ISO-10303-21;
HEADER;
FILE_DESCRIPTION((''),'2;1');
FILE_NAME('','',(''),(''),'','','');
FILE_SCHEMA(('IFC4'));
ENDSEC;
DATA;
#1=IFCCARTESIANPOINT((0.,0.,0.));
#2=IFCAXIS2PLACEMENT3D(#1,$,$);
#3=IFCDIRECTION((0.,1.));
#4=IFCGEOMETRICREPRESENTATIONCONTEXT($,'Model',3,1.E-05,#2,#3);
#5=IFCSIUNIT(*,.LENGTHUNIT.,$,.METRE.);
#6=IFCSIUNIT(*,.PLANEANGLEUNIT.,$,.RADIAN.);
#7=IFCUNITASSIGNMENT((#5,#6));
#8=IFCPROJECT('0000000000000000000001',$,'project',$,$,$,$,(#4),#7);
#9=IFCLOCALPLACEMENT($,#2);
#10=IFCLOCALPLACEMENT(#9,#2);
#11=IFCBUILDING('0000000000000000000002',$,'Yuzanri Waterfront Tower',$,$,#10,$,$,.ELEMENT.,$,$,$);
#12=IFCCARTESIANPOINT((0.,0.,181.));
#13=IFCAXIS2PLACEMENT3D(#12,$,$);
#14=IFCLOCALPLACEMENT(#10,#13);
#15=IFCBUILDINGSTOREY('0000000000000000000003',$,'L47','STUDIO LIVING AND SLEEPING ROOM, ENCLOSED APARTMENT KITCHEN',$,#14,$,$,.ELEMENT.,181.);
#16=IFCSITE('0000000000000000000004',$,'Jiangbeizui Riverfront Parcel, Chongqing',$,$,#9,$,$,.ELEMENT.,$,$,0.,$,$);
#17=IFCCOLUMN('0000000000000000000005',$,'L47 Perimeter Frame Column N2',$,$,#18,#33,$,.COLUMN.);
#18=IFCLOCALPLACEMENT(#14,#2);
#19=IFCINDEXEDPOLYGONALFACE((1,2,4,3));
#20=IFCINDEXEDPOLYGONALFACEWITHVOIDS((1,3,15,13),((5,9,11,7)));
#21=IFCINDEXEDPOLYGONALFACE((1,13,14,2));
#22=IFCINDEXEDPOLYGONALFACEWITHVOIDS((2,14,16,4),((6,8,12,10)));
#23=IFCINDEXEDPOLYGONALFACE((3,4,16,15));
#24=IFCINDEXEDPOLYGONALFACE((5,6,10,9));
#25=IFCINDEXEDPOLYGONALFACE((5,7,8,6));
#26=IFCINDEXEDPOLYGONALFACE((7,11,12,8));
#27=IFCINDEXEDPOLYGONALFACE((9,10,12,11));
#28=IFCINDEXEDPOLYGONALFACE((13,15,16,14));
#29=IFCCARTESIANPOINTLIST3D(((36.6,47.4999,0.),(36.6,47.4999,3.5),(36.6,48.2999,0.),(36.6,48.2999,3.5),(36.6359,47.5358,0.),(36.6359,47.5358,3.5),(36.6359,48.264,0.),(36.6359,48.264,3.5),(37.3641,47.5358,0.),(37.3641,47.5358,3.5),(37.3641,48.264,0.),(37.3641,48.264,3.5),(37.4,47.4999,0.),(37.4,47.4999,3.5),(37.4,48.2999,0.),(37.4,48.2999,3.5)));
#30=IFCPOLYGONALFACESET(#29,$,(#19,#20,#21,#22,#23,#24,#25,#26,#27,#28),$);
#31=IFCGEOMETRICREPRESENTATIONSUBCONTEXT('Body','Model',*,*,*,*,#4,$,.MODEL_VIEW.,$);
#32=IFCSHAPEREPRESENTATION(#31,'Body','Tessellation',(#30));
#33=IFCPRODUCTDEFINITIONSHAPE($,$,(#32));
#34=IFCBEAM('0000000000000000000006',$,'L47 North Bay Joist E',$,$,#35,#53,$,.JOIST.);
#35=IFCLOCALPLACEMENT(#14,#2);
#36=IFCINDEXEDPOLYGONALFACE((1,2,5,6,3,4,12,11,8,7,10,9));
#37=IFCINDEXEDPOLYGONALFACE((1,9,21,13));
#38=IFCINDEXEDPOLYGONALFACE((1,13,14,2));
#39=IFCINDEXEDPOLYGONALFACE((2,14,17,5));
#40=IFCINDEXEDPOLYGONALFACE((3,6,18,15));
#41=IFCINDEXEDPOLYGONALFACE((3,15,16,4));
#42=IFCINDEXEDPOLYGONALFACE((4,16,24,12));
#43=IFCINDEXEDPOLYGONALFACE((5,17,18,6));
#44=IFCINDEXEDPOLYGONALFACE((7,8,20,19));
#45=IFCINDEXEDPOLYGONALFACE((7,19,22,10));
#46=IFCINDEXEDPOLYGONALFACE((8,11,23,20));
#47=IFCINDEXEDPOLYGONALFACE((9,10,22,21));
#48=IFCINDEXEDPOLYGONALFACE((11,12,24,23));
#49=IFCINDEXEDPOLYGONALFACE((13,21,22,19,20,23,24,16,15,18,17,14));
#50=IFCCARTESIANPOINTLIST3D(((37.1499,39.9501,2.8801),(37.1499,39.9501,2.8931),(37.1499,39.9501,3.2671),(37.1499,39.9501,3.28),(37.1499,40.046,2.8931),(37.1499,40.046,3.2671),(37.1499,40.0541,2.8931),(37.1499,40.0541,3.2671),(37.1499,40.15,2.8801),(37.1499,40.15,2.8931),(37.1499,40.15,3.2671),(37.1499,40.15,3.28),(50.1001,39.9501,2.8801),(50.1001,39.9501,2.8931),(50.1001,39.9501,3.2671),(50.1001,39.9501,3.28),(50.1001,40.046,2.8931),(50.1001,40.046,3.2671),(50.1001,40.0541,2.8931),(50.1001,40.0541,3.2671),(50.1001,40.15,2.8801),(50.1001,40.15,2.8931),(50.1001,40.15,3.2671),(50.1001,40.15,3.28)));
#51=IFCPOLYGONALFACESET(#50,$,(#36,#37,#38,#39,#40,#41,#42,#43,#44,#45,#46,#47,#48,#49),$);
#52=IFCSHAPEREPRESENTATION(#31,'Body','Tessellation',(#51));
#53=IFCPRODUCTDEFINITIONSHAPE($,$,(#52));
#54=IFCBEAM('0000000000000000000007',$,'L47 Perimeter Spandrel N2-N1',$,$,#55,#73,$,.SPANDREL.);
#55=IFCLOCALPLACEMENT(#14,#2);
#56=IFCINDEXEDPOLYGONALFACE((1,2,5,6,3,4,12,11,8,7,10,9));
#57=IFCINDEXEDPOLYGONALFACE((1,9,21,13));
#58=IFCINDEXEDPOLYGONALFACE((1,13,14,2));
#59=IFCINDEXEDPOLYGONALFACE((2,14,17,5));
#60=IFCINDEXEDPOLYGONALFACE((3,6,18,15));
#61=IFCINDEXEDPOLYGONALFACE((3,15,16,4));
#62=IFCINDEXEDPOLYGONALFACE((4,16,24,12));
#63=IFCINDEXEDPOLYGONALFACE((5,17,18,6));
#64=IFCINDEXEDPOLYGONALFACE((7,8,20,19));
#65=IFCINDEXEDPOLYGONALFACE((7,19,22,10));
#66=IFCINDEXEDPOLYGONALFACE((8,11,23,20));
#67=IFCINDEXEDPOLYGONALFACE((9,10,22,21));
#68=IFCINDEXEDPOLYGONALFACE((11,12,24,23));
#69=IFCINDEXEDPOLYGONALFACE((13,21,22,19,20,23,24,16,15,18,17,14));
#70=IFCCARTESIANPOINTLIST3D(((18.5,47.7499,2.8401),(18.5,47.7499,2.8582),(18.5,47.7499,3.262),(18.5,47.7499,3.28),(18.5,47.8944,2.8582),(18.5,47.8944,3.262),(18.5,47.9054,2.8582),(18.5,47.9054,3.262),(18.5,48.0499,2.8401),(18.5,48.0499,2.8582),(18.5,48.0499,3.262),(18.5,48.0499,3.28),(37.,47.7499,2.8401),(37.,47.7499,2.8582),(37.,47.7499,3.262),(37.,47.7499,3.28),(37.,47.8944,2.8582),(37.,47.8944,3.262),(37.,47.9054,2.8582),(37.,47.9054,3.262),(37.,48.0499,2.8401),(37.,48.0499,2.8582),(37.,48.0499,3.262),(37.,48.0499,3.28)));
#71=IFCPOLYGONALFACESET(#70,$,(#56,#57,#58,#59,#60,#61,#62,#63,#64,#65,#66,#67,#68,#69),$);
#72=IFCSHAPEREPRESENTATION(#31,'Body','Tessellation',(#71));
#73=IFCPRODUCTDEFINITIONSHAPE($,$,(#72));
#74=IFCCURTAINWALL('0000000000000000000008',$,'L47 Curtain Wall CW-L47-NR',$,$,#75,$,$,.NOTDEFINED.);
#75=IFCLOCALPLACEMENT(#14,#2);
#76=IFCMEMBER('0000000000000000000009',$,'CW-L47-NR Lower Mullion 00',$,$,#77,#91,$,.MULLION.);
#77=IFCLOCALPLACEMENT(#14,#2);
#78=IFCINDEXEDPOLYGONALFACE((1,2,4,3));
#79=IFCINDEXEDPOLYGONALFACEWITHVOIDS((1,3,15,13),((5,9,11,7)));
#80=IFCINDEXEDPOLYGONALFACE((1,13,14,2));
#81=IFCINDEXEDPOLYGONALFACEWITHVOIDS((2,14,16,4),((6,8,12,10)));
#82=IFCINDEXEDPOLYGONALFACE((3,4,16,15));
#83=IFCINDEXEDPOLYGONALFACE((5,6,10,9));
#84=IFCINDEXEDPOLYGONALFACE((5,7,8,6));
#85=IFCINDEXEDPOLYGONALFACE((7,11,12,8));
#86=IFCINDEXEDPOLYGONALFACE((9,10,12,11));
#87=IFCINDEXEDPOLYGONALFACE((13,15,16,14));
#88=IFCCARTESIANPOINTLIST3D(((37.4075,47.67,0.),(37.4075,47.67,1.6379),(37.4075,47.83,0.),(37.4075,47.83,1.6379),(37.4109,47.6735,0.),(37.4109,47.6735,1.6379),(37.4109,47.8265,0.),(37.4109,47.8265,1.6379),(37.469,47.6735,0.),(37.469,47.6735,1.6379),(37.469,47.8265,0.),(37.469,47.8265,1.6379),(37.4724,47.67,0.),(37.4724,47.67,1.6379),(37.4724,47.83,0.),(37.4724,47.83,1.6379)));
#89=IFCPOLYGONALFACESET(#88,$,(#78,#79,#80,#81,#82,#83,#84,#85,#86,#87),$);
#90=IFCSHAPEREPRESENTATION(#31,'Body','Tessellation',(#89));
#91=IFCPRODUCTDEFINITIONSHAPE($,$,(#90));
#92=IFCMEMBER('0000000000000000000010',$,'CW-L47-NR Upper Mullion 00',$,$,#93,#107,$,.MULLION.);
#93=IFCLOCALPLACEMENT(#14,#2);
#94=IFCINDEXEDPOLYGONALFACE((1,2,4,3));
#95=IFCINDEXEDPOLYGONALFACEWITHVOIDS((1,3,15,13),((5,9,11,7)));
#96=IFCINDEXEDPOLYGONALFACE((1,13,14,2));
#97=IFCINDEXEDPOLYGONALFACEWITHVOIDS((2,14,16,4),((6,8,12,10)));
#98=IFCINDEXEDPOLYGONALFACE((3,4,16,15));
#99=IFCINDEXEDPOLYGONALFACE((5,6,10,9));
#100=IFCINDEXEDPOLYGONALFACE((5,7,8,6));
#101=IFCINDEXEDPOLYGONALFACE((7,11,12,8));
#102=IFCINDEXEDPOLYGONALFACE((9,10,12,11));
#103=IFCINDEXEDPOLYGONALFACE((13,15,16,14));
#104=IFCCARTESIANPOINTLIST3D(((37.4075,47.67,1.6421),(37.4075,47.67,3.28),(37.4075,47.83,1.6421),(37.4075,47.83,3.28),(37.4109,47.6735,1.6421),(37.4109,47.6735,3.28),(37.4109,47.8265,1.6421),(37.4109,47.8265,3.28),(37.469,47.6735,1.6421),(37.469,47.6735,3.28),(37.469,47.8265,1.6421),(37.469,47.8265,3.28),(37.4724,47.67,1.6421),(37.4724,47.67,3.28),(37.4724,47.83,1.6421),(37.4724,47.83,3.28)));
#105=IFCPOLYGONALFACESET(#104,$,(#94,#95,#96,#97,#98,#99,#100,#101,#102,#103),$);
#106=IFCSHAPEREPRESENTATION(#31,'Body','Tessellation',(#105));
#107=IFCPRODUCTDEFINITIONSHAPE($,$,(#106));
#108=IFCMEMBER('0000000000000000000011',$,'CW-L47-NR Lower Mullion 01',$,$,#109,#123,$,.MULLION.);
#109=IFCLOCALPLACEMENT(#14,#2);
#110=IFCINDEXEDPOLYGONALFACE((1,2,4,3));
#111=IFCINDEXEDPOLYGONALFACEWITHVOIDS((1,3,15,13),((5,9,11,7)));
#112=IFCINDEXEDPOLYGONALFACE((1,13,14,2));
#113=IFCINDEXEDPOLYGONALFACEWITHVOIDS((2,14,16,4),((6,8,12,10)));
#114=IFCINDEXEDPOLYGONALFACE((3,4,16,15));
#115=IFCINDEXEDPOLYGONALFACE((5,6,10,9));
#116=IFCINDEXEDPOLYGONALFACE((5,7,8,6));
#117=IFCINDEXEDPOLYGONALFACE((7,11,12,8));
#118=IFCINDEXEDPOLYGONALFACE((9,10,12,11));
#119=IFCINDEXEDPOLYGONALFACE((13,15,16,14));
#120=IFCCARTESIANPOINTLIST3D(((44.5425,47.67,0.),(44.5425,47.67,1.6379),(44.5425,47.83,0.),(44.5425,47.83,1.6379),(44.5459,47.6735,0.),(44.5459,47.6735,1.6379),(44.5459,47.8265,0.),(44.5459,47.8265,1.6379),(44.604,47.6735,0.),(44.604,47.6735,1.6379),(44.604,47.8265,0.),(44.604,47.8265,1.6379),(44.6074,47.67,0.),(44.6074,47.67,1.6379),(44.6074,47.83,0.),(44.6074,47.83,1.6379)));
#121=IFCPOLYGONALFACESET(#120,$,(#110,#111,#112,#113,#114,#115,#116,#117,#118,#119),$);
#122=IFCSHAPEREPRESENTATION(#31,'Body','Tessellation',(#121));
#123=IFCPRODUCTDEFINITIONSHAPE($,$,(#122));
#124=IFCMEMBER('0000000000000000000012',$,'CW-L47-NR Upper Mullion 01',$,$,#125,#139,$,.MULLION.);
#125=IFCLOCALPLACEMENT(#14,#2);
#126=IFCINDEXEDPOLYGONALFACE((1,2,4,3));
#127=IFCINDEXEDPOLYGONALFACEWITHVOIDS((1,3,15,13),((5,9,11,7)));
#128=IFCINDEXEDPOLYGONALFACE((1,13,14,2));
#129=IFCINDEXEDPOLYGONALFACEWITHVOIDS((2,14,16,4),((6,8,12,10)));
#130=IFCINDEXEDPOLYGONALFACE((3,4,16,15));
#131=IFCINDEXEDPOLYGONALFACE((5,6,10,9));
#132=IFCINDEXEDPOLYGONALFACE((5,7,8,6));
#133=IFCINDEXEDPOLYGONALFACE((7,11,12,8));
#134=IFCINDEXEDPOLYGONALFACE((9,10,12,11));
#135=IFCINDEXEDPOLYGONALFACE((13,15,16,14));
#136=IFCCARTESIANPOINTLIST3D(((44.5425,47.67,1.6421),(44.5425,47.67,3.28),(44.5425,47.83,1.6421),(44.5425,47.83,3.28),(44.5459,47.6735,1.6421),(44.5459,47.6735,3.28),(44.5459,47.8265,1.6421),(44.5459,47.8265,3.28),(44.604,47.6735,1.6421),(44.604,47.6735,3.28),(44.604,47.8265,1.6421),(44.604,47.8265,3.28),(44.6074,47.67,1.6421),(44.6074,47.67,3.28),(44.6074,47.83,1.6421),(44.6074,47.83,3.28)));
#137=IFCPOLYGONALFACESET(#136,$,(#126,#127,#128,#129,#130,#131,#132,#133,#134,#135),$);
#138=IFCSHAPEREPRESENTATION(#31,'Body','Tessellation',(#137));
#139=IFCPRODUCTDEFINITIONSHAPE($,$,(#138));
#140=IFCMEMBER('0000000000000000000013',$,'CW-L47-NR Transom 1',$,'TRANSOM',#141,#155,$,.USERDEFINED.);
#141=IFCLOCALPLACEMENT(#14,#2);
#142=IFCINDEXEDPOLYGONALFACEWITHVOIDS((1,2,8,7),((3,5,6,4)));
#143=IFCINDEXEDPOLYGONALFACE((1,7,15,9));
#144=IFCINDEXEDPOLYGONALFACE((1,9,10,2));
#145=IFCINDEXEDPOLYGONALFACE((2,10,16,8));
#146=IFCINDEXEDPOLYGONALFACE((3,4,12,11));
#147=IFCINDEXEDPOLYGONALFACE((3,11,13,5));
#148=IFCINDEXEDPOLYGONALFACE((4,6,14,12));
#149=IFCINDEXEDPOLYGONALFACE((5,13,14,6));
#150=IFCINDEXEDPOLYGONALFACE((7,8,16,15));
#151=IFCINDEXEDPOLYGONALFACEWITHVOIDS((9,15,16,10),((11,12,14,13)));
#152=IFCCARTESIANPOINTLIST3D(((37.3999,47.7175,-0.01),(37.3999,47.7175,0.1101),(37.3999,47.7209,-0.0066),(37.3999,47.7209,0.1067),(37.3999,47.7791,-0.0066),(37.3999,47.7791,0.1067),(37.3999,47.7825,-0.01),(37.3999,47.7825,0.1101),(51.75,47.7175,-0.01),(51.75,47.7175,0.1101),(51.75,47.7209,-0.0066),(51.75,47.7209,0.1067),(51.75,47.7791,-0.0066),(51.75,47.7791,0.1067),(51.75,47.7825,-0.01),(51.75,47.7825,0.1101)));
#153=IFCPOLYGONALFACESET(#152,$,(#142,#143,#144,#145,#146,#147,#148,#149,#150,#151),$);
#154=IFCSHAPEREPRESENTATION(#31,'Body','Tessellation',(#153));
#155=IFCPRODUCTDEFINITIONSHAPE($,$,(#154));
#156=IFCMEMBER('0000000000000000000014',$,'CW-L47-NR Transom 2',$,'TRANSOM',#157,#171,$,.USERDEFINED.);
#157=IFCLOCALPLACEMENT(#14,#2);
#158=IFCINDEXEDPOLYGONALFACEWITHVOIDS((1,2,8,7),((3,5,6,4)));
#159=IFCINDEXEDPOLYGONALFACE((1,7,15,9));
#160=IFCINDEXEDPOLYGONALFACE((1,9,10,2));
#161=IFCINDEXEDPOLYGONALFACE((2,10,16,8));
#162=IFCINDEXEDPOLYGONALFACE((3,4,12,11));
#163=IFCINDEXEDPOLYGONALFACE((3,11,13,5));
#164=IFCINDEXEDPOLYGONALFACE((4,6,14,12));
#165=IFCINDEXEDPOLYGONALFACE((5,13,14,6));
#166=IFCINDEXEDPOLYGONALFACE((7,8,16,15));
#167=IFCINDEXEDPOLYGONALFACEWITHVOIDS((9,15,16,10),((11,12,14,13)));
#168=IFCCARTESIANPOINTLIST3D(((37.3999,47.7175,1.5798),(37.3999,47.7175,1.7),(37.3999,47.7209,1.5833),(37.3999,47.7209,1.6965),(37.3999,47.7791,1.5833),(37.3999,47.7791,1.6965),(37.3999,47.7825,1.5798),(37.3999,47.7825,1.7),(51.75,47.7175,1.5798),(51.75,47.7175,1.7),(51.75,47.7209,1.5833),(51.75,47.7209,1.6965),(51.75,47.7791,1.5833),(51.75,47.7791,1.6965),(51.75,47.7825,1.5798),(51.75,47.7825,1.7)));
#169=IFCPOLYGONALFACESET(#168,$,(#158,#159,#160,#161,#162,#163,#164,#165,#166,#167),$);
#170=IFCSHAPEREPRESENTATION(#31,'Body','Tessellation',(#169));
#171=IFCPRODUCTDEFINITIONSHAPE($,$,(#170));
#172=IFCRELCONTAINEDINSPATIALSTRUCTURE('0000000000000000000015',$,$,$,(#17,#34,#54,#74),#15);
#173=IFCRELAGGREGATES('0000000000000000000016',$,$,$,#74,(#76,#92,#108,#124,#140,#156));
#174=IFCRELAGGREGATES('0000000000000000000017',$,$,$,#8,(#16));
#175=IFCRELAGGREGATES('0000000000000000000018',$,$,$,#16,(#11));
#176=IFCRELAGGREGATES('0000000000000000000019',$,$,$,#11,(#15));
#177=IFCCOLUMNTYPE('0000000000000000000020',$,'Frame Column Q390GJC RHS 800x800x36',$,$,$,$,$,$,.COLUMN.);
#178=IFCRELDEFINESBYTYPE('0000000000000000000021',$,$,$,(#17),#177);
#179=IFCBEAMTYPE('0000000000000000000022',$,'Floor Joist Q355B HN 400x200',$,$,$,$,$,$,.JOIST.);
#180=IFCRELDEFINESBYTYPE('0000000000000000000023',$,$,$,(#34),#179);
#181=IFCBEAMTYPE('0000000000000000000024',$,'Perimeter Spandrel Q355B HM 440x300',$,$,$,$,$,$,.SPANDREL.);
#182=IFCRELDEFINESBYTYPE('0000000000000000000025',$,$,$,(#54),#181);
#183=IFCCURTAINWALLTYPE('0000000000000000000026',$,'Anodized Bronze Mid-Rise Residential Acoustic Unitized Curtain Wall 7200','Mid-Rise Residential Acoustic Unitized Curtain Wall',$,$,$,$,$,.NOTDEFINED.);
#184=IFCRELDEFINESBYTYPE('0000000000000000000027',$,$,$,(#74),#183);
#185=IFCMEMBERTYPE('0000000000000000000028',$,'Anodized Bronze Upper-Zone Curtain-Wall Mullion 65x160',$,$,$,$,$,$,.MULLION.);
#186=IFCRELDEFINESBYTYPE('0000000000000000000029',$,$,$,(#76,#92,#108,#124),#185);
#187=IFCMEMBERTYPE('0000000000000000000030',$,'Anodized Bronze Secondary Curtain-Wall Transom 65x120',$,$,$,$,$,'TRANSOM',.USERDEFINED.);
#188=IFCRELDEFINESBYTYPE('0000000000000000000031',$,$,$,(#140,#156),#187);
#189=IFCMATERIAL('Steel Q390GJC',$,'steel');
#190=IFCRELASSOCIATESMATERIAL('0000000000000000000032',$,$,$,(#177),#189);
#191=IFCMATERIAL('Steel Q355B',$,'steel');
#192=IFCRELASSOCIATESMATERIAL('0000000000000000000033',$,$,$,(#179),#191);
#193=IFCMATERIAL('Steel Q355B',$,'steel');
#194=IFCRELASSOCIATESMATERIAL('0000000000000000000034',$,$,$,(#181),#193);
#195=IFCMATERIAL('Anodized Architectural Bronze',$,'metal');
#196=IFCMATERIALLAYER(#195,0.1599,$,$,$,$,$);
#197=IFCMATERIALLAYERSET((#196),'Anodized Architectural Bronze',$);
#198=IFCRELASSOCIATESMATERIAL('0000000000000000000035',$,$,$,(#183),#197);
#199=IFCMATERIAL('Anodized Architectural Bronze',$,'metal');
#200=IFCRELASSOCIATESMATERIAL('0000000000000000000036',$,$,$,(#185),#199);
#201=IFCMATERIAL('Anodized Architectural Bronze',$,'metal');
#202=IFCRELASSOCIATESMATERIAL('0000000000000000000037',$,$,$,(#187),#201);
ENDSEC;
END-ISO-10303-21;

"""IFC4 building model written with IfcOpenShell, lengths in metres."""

from ifc_helpers import new_model, si_unit, direction, frame, origin, origin_2d, place, context, subcontext, project, spatial, hollow_rectangle, i_section, extrude, source, transform, mapped, material, layer, layer_set, material_profile, profile_set, type_object, element, aggregate, save


model = new_model("IFC4")

# Units and contexts
model_context = context("Model", 3, precision=1e-05, world=origin(), true_north=direction((0.0, 1.0)))
body_context = subcontext(model_context, "Body", "Model", "MODEL_VIEW")
ifc_project = project(units=[si_unit("LENGTHUNIT", "METRE"), si_unit("PLANEANGLEUNIT", "RADIAN")], contexts=[model_context])

# Site, building, storey
site_placement = place(None, origin())
site = spatial("IfcSite", under=ifc_project, at=site_placement, Name="Jiangbeizui Riverfront Parcel, Chongqing", CompositionType="ELEMENT", RefElevation=0.0)
building_placement = place(site_placement, origin())
building = spatial("IfcBuilding", under=site, at=building_placement, Name="Yuzanri Waterfront Tower", CompositionType="ELEMENT")
storey_placement = place(building_placement, frame((0.0, 0.0, 181.0)))
storey = spatial("IfcBuildingStorey", under=building, at=storey_placement, Name="L47", Description="STUDIO LIVING AND SLEEPING ROOM, ENCLOSED APARTMENT KITCHEN", CompositionType="ELEMENT", Elevation=181.0)

# Column
ifc_material_1 = material(Name="Steel Q390GJC", Category="steel")
ifc_material_profile_1 = material_profile(ifc_material_1, hollow_rectangle(XDim=0.8, YDim=0.8, WallThickness=0.0359, at=origin_2d()), Name="RHS 800x800x36")
ifc_profile_set_1 = profile_set([ifc_material_profile_1], Name="Steel Q390GJC")
column_type = type_object("IfcColumnType", Name="Frame Column Q390GJC RHS 800x800x36", PredefinedType="COLUMN", material=ifc_profile_set_1)
shared_shape_1 = source(origin(), body_context, "Body", "SweptSolid", [
    extrude(hollow_rectangle(XDim=0.8, YDim=0.8, WallThickness=0.0359, at=origin_2d()), origin(), (0.0, 0.0, 1.0), 3.5),
])
column_placement = place(storey_placement, frame((37.0, 47.8999, 0.0), z_axis=(0.0, 0.0, 1.0), x_axis=(1.0, 0.0, 0.0)))
element("IfcColumn", 1, at=column_placement, inside=storey, type_object=column_type, Name="L47 Perimeter Frame Column N2", PredefinedType="COLUMN", context=body_context, shape_type="MappedRepresentation", body=[
    mapped(shared_shape_1, transform((0.0, 0.0, 0.0), scale=1.0)),
])

# Beams
ifc_material_2 = material(Name="Steel Q355B", Category="steel")
ifc_material_profile_2 = material_profile(ifc_material_2, i_section(OverallWidth=0.2, OverallDepth=0.3999, WebThickness=0.0081, FlangeThickness=0.0129, at=origin_2d()), Name="HN 400x200x8x13")
ifc_profile_set_2 = profile_set([ifc_material_profile_2], Name="Steel Q355B")
beam_type_1 = type_object("IfcBeamType", Name="Floor Joist Q355B HN 400x200", PredefinedType="JOIST", material=ifc_profile_set_2)
shared_shape_2 = source(origin(), body_context, "Body", "SweptSolid", [
    extrude(i_section(OverallWidth=0.2, OverallDepth=0.3999, WebThickness=0.0081, FlangeThickness=0.0129, at=origin_2d()), origin(), (0.0, 0.0, 1.0), 12.9502),
])
beam_1_placement = place(storey_placement, frame((37.1499, 40.05, 3.0801), z_axis=(1.0, 0.0, 0.0), x_axis=(0.0, 1.0, 0.0)))
element("IfcBeam", 2, at=beam_1_placement, inside=storey, type_object=beam_type_1, Name="L47 North Bay Joist E", PredefinedType="JOIST", context=body_context, shape_type="MappedRepresentation", body=[
    mapped(shared_shape_2, transform((0.0, 0.0, 0.0), scale=1.0)),
])
ifc_material_3 = material(Name="Steel Q355B", Category="steel")
ifc_material_profile_3 = material_profile(ifc_material_3, i_section(OverallWidth=0.3, OverallDepth=0.4399, WebThickness=0.011, FlangeThickness=0.0181, at=origin_2d()), Name="HM 440x300x11x18")
ifc_profile_set_3 = profile_set([ifc_material_profile_3], Name="Steel Q355B")
beam_type_2 = type_object("IfcBeamType", Name="Perimeter Spandrel Q355B HM 440x300", PredefinedType="SPANDREL", material=ifc_profile_set_3)
shared_shape_3 = source(origin(), body_context, "Body", "SweptSolid", [
    extrude(i_section(OverallWidth=0.3, OverallDepth=0.4399, WebThickness=0.011, FlangeThickness=0.0181, at=origin_2d()), origin(), (0.0, 0.0, 1.0), 18.5),
])
beam_2_placement = place(storey_placement, frame((37.0, 47.8999, 3.0601), z_axis=(-1.0, 0.0, 0.0), x_axis=(0.0, -1.0, 0.0)))
element("IfcBeam", 3, at=beam_2_placement, inside=storey, type_object=beam_type_2, Name="L47 Perimeter Spandrel N2-N1", PredefinedType="SPANDREL", context=body_context, shape_type="MappedRepresentation", body=[
    mapped(shared_shape_3, transform((0.0, 0.0, 0.0), scale=1.0)),
])

# Curtain wall, members
ifc_material_4 = material(Name="Anodized Architectural Bronze", Category="metal")
ifc_layer_1 = layer(ifc_material_4, 0.1599)
ifc_layer_set_1 = layer_set([ifc_layer_1], Name="Anodized Architectural Bronze")
curtain_wall_type = type_object("IfcCurtainWallType", Name="Anodized Bronze Mid-Rise Residential Acoustic Unitized Curtain Wall 7200", Description="Mid-Rise Residential Acoustic Unitized Curtain Wall", PredefinedType="NOTDEFINED", material=ifc_layer_set_1)
curtain_wall_placement = place(storey_placement, origin())
curtain_wall = element("IfcCurtainWall", 4, at=curtain_wall_placement, inside=storey, type_object=curtain_wall_type, Name="L47 Curtain Wall CW-L47-NR", PredefinedType="NOTDEFINED")
ifc_material_5 = material(Name="Anodized Architectural Bronze", Category="metal")
ifc_material_profile_4 = material_profile(ifc_material_5, hollow_rectangle(XDim=0.0649, YDim=0.1599, WallThickness=0.0034, at=origin_2d()), Name="CWM 65x160")
ifc_profile_set_4 = profile_set([ifc_material_profile_4], Name="Anodized Architectural Bronze")
member_type_1 = type_object("IfcMemberType", Name="Anodized Bronze Upper-Zone Curtain-Wall Mullion 65x160", PredefinedType="MULLION", material=ifc_profile_set_4)
shared_shape_4 = source(origin(), body_context, "Body", "SweptSolid", [
    extrude(hollow_rectangle(XDim=0.0649, YDim=0.1599, WallThickness=0.0034, at=origin_2d()), origin(), (0.0, 0.0, 1.0), 1.6379),
])
member_1_placement = place(storey_placement, frame((37.4399, 47.75, 0.0), z_axis=(0.0, 0.0, 1.0), x_axis=(1.0, 0.0, 0.0)))
member_1 = element("IfcMember", 5, at=member_1_placement, type_object=member_type_1, Name="CW-L47-NR Lower Mullion 00", PredefinedType="MULLION", context=body_context, shape_type="MappedRepresentation", body=[
    mapped(shared_shape_4, transform((0.0, 0.0, 0.0), scale=1.0)),
])
member_2_placement = place(storey_placement, frame((37.4399, 47.75, 1.6421), z_axis=(0.0, 0.0, 1.0), x_axis=(1.0, 0.0, 0.0)))
member_2 = element("IfcMember", 6, at=member_2_placement, type_object=member_type_1, Name="CW-L47-NR Upper Mullion 00", PredefinedType="MULLION", context=body_context, shape_type="MappedRepresentation", body=[
    mapped(shared_shape_4, transform((0.0, 0.0, 0.0), scale=1.0)),
])
member_3_placement = place(storey_placement, frame((44.575, 47.75, 0.0), z_axis=(0.0, 0.0, 1.0), x_axis=(1.0, 0.0, 0.0)))
member_3 = element("IfcMember", 7, at=member_3_placement, type_object=member_type_1, Name="CW-L47-NR Lower Mullion 01", PredefinedType="MULLION", context=body_context, shape_type="MappedRepresentation", body=[
    mapped(shared_shape_4, transform((0.0, 0.0, 0.0), scale=1.0)),
])
member_4_placement = place(storey_placement, frame((44.575, 47.75, 1.6421), z_axis=(0.0, 0.0, 1.0), x_axis=(1.0, 0.0, 0.0)))
member_4 = element("IfcMember", 8, at=member_4_placement, type_object=member_type_1, Name="CW-L47-NR Upper Mullion 01", PredefinedType="MULLION", context=body_context, shape_type="MappedRepresentation", body=[
    mapped(shared_shape_4, transform((0.0, 0.0, 0.0), scale=1.0)),
])
ifc_material_6 = material(Name="Anodized Architectural Bronze", Category="metal")
ifc_material_profile_5 = material_profile(ifc_material_6, hollow_rectangle(XDim=0.0649, YDim=0.1201, WallThickness=0.0034, at=origin_2d()), Name="CWT 65x120")
ifc_profile_set_5 = profile_set([ifc_material_profile_5], Name="Anodized Architectural Bronze")
member_type_2 = type_object("IfcMemberType", Name="Anodized Bronze Secondary Curtain-Wall Transom 65x120", ElementType="TRANSOM", PredefinedType="USERDEFINED", material=ifc_profile_set_5)
shared_shape_5 = source(origin(), body_context, "Body", "SweptSolid", [
    extrude(hollow_rectangle(XDim=0.0649, YDim=0.1201, WallThickness=0.0034, at=origin_2d()), origin(), (0.0, 0.0, 1.0), 14.3501),
])
member_5_placement = place(storey_placement, frame((37.3999, 47.75, 0.05), z_axis=(1.0, 0.0, 0.0), x_axis=(0.0, 1.0, 0.0)))
member_5 = element("IfcMember", 9, at=member_5_placement, type_object=member_type_2, Name="CW-L47-NR Transom 1", ObjectType="TRANSOM", PredefinedType="USERDEFINED", context=body_context, shape_type="MappedRepresentation", body=[
    mapped(shared_shape_5, transform((0.0, 0.0, 0.0), scale=1.0)),
])
member_6_placement = place(storey_placement, frame((37.3999, 47.75, 1.6399), z_axis=(1.0, 0.0, 0.0), x_axis=(0.0, 1.0, 0.0)))
member_6 = element("IfcMember", 10, at=member_6_placement, type_object=member_type_2, Name="CW-L47-NR Transom 2", ObjectType="TRANSOM", PredefinedType="USERDEFINED", context=body_context, shape_type="MappedRepresentation", body=[
    mapped(shared_shape_5, transform((0.0, 0.0, 0.0), scale=1.0)),
])
aggregate(curtain_wall, [member_1, member_2, member_3, member_4, member_5, member_6])

save(model, "model.ifc")
